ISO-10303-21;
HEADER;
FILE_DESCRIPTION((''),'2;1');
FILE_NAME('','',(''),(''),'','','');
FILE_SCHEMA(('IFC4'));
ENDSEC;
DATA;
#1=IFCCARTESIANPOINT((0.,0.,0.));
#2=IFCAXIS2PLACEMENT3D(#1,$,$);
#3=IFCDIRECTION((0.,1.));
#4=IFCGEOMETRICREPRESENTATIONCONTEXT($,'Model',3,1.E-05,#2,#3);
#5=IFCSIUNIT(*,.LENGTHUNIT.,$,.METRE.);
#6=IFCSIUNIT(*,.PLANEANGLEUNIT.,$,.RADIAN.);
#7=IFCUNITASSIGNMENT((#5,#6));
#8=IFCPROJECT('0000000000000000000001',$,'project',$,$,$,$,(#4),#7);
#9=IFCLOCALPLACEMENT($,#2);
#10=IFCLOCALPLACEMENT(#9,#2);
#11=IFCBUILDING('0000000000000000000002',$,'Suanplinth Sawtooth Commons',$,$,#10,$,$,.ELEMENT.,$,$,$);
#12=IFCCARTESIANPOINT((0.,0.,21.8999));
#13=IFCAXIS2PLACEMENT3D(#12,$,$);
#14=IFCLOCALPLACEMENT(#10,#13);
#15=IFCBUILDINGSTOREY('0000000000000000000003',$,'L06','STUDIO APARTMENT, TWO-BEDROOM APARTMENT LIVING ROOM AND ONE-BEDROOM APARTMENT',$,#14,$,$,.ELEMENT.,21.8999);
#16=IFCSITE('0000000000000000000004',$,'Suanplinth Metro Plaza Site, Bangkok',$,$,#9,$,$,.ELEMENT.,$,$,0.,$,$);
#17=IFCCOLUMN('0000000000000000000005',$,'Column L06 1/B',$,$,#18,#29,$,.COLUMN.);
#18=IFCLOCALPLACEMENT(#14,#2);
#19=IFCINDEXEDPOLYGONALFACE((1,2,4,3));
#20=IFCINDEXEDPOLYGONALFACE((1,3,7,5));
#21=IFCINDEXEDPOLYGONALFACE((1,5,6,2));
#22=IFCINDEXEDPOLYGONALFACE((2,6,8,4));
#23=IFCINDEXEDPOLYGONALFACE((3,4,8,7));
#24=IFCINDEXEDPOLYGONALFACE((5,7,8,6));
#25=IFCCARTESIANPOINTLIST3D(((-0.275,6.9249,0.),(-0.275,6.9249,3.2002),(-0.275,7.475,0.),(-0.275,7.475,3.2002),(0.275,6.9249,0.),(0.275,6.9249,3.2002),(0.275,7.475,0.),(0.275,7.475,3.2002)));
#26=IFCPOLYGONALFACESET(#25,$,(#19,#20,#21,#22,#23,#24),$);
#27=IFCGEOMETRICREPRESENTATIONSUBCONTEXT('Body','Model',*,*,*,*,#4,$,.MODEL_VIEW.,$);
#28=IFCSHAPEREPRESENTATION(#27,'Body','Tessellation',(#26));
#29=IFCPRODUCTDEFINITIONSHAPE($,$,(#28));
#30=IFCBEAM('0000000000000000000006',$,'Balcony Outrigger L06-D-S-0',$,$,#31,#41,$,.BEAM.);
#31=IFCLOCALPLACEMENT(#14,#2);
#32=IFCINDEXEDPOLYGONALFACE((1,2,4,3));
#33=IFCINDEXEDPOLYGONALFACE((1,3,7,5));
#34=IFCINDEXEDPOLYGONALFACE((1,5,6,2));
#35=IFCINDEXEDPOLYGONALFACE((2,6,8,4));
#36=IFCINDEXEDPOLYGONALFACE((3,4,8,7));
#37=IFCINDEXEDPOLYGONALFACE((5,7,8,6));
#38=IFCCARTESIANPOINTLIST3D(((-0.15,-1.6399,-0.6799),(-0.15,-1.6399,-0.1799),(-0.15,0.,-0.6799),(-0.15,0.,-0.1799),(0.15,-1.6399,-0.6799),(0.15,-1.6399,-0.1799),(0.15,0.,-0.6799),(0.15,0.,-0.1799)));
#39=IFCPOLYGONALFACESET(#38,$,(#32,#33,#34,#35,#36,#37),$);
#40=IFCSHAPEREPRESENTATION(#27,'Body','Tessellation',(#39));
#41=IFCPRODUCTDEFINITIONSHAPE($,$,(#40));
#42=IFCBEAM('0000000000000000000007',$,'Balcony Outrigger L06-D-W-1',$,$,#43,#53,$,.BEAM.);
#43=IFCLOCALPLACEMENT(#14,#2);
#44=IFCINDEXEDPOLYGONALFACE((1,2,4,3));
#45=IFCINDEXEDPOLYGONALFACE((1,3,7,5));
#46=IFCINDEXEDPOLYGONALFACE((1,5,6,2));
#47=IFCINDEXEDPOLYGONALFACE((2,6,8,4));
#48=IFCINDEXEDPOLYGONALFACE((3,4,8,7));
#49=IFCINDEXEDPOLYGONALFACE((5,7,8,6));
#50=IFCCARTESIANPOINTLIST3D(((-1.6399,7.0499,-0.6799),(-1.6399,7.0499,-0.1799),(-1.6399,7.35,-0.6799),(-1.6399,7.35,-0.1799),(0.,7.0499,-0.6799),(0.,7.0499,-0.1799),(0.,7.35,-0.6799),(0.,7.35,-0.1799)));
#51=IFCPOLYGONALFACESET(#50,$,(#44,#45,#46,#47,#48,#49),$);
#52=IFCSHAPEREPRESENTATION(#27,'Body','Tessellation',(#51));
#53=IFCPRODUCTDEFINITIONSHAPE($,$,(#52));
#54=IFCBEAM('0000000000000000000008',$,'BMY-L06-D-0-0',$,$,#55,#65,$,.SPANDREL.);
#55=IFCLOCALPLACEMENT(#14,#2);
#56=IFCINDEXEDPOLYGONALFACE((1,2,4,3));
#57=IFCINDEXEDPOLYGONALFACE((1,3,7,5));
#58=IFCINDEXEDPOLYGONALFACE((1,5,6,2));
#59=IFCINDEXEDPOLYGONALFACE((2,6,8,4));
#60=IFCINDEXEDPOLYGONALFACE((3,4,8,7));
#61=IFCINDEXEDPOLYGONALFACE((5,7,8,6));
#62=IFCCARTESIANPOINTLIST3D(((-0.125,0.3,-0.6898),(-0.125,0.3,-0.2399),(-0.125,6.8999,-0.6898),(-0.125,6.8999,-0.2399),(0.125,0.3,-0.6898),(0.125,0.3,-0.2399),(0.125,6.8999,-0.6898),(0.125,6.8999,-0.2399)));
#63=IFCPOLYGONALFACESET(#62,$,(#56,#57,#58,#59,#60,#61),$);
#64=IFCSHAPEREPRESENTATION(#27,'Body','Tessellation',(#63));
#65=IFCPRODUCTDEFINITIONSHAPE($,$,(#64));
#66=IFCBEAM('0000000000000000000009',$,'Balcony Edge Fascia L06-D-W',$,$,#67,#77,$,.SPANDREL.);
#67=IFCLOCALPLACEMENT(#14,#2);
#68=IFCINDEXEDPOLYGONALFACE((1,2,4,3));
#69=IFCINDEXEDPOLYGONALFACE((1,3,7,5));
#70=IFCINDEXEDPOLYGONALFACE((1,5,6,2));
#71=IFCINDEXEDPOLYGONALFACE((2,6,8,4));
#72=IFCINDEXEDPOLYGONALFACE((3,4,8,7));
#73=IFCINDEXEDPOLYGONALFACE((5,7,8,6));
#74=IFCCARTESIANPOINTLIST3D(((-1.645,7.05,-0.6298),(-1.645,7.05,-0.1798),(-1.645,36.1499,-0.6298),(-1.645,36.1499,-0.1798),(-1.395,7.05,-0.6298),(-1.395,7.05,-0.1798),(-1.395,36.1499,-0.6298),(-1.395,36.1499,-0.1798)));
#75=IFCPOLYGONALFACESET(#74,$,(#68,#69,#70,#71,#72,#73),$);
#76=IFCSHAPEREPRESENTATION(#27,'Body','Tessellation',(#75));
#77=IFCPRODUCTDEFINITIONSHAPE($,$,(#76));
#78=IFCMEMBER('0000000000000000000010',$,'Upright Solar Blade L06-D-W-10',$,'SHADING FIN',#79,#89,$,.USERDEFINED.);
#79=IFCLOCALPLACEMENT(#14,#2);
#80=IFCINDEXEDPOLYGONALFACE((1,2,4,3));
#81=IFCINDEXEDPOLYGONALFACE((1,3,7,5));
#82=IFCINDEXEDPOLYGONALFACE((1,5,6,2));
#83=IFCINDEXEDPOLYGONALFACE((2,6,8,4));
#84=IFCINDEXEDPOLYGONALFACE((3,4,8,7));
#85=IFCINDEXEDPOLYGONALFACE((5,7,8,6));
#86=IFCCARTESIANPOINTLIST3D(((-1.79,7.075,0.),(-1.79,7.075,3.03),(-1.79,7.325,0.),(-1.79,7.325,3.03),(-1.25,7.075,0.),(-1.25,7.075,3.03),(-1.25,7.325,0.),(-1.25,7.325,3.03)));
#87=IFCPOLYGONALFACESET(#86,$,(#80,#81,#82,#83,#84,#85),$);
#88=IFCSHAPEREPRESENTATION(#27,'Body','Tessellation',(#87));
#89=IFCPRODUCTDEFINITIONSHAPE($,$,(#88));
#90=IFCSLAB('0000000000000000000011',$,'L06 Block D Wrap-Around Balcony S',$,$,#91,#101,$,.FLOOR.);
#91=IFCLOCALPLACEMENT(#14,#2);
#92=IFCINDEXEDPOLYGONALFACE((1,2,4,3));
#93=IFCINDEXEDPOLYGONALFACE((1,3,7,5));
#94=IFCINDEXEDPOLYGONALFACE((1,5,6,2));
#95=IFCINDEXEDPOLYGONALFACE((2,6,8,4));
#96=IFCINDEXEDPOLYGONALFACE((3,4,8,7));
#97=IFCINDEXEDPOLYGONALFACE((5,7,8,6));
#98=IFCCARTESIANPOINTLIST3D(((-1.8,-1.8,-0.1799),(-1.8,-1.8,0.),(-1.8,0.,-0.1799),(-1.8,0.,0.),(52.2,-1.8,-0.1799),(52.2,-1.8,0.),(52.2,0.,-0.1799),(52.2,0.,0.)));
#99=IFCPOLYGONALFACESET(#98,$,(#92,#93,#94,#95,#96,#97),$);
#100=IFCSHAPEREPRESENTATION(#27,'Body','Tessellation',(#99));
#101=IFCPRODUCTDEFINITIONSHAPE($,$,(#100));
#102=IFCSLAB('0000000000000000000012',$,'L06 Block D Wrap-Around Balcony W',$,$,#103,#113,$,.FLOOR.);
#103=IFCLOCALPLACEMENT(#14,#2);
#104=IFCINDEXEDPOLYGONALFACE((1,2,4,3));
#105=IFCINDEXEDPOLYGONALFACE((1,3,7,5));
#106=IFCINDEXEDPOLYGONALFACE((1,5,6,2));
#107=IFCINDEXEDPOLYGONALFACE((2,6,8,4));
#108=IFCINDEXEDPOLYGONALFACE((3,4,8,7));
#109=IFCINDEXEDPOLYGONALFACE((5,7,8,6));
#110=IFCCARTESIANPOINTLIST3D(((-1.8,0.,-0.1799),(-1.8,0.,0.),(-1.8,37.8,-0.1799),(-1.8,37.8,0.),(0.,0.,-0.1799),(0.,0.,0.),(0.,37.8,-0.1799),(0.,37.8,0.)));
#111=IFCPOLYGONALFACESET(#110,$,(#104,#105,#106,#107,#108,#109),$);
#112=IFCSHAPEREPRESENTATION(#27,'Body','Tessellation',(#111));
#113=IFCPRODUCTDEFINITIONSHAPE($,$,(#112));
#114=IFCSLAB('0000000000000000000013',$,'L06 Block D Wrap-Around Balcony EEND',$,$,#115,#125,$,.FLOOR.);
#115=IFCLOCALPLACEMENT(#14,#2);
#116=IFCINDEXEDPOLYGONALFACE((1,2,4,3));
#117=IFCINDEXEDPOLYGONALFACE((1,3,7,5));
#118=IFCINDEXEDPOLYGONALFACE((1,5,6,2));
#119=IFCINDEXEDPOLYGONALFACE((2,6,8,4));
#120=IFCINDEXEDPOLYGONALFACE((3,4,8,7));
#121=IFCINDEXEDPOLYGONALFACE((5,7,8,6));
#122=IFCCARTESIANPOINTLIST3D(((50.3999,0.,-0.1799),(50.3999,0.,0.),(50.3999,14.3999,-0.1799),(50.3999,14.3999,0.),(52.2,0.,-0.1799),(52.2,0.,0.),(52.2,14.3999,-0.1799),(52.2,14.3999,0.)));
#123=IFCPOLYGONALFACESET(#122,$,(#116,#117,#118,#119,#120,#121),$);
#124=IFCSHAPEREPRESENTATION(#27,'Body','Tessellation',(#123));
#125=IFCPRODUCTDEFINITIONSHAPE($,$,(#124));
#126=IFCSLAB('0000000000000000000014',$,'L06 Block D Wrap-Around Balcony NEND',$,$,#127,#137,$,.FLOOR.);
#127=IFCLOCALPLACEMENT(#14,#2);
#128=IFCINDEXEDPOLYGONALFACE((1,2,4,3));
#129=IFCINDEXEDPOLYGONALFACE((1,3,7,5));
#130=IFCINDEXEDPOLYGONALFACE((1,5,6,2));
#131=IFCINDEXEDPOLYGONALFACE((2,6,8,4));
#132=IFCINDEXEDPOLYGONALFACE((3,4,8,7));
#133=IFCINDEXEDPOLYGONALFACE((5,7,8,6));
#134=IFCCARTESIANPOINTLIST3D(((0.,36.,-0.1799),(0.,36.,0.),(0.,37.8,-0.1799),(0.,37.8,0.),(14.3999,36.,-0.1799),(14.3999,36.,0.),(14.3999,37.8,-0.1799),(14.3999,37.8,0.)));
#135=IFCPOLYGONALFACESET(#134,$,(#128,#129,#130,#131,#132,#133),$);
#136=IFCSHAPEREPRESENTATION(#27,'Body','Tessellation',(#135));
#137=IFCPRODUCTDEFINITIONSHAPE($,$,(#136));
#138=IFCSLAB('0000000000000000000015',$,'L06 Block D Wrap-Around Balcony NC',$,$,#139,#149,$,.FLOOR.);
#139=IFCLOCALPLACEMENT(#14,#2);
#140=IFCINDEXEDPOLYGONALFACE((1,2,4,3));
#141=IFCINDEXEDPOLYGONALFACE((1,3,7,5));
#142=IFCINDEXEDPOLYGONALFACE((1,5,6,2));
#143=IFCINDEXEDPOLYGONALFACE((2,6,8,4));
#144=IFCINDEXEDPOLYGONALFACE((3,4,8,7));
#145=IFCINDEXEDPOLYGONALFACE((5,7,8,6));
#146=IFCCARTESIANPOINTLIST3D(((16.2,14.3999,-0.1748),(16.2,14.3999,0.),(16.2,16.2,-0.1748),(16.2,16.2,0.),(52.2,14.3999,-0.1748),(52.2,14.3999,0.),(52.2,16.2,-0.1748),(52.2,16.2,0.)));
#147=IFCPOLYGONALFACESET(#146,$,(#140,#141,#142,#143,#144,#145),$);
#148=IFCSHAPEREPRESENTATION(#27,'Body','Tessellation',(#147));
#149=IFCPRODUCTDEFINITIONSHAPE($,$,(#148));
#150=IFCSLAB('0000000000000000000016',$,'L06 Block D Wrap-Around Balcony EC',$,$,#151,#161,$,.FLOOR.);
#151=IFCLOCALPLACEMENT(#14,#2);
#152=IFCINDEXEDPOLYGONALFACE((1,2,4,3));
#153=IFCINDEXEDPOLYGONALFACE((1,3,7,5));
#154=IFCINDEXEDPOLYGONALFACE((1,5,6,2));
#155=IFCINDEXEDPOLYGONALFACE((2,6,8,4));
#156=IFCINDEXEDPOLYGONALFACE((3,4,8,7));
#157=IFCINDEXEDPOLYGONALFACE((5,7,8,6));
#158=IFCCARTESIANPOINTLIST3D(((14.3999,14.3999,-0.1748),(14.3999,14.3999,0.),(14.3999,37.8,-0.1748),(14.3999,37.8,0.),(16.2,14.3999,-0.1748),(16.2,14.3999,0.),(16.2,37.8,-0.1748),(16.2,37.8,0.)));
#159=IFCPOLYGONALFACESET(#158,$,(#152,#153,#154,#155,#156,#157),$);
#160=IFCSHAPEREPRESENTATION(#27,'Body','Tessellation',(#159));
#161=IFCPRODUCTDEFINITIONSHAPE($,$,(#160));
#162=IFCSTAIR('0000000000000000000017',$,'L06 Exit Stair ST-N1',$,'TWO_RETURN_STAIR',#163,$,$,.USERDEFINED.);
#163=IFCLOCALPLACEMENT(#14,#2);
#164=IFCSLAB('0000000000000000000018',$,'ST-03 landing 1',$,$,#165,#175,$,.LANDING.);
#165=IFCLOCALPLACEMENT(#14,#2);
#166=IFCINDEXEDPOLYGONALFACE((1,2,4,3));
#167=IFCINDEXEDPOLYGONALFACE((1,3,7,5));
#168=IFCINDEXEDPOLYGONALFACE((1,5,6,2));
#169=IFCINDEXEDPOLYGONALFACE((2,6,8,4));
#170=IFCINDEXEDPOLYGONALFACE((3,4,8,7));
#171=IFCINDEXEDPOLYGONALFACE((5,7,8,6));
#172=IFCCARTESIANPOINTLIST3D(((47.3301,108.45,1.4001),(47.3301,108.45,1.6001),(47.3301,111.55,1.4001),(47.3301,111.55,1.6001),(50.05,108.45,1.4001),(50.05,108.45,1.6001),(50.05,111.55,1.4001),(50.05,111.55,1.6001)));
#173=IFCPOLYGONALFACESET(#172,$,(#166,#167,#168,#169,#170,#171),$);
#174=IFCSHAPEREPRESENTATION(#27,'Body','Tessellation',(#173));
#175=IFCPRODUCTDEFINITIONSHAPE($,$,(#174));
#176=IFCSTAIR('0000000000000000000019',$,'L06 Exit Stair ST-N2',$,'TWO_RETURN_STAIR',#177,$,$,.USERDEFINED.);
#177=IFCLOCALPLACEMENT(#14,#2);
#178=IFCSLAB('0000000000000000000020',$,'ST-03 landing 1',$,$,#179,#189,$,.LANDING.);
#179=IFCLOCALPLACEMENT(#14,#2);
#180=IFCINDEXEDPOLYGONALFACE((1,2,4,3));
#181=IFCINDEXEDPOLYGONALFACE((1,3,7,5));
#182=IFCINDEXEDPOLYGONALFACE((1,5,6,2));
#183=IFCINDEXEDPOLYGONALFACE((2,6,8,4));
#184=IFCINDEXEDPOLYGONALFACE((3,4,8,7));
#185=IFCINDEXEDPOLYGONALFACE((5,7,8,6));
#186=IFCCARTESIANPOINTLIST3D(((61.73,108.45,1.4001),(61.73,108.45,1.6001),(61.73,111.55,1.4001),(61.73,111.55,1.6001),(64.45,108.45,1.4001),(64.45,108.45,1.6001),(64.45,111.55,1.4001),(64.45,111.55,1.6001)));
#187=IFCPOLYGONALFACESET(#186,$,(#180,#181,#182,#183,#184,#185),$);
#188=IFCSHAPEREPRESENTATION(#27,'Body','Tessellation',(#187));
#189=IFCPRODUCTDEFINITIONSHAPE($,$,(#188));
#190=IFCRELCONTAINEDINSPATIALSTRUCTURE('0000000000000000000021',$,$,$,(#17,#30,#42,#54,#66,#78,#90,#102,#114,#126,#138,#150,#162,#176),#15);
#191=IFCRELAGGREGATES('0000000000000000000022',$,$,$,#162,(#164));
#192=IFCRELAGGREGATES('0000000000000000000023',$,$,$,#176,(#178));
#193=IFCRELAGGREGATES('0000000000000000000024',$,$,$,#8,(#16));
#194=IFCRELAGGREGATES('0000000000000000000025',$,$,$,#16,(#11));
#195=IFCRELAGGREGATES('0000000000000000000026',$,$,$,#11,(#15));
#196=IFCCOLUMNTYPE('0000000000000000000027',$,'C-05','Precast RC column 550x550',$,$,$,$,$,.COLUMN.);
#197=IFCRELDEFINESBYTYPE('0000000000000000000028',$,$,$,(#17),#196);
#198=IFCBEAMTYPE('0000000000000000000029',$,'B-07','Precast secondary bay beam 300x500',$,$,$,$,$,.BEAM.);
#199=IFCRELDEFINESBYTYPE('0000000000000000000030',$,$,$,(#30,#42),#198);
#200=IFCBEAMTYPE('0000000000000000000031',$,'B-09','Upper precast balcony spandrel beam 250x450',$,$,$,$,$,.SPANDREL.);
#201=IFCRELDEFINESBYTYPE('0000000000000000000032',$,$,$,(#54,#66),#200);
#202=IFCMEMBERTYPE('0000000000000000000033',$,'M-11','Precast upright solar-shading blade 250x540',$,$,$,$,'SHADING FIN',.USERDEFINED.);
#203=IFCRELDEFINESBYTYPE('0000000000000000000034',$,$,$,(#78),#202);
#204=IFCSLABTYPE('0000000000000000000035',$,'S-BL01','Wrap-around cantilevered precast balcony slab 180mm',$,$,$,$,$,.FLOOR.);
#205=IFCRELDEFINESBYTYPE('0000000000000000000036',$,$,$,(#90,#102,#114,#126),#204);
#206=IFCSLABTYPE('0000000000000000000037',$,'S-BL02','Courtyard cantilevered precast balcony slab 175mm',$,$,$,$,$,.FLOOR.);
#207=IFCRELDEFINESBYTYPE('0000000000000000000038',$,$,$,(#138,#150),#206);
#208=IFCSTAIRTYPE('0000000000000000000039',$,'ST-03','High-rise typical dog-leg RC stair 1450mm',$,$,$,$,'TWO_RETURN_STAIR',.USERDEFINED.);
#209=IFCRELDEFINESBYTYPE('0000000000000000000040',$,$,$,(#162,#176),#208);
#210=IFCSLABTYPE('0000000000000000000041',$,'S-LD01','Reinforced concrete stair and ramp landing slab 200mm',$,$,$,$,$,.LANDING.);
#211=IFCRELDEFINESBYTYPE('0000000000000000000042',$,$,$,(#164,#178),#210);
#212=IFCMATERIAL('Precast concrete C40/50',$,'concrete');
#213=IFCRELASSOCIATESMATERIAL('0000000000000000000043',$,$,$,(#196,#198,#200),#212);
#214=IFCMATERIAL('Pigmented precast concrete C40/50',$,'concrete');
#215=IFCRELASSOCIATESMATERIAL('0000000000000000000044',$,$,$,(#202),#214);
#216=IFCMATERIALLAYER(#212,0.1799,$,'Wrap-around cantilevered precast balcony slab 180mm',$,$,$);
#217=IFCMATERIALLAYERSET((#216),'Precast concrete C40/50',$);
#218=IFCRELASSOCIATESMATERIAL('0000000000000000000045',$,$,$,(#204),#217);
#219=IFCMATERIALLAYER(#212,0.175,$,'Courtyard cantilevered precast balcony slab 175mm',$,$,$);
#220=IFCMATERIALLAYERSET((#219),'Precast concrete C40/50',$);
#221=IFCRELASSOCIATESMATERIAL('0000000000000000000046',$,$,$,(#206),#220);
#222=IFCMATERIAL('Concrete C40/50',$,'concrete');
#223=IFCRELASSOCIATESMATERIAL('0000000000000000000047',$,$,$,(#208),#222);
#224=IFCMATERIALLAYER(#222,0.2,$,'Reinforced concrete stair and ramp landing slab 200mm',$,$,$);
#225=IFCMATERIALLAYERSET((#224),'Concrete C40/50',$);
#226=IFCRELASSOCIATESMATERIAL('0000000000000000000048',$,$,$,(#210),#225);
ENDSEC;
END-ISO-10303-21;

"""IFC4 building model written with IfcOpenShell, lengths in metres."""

from ifc_helpers import new_model, si_unit, direction, frame, origin, origin_2d, place, context, subcontext, project, spatial, polyline, rectangle, outline, extrude, material, layer, layer_set, material_profile, profile_set, type_object, element, aggregate, save


model = new_model("IFC4")

# Units and contexts
model_context = context("Model", 3, precision=1e-05, world=origin(), true_north=direction((0.0, 1.0)))
body_context = subcontext(model_context, "Body", "Model", "MODEL_VIEW")
ifc_project = project(units=[si_unit("LENGTHUNIT", "METRE"), si_unit("PLANEANGLEUNIT", "RADIAN")], contexts=[model_context])

# Site, building, storey
site_placement = place(None, origin())
site = spatial("IfcSite", under=ifc_project, at=site_placement, Name="Suanplinth Metro Plaza Site, Bangkok", CompositionType="ELEMENT", RefElevation=0.0)
building_placement = place(site_placement, origin())
building = spatial("IfcBuilding", under=site, at=building_placement, Name="Suanplinth Sawtooth Commons", CompositionType="ELEMENT")
storey_placement = place(building_placement, frame((0.0, 0.0, 21.8999)))
storey = spatial("IfcBuildingStorey", under=building, at=storey_placement, Name="L06", Description="STUDIO APARTMENT, TWO-BEDROOM APARTMENT LIVING ROOM AND ONE-BEDROOM APARTMENT", CompositionType="ELEMENT", Elevation=21.8999)

# Column
ifc_material_1 = material(Name="Precast concrete C40/50", Category="concrete")
ifc_material_profile_1 = material_profile(ifc_material_1, rectangle(XDim=0.55, YDim=0.55, at=origin_2d()), Name="PC-COL 550x550")
ifc_profile_set_1 = profile_set([ifc_material_profile_1], Name="Precast concrete C40/50")
column_type = type_object("IfcColumnType", Name="C-05", Description="Precast RC column 550x550", PredefinedType="COLUMN", material=ifc_profile_set_1)
column_placement = place(storey_placement, frame((0.0, 7.2, 0.0), z_axis=(0.0, 0.0, 1.0), x_axis=(1.0, 0.0, 0.0)))
element("IfcColumn", 1, at=column_placement, inside=storey, type_object=column_type, Name="Column L06 1/B", PredefinedType="COLUMN", context=body_context, shape_type="SweptSolid", body=[
    extrude(rectangle(XDim=0.55, YDim=0.55, at=origin_2d()), origin(), (0.0, 0.0, 1.0), 3.2002),
])

# Beams
ifc_material_profile_2 = material_profile(ifc_material_1, rectangle(XDim=0.3, YDim=0.5, at=origin_2d()), Name="PC-BM 300x500")
ifc_profile_set_2 = profile_set([ifc_material_profile_2], Name="Precast concrete C40/50")
beam_type_1 = type_object("IfcBeamType", Name="B-07", Description="Precast secondary bay beam 300x500", PredefinedType="BEAM", material=ifc_profile_set_2)
for number, where, z_axis, x_axis, name in (
    (2, (0.0, 0.0, -0.4299), (0.0, -1.0, 0.0), (1.0, 0.0, 0.0), "Balcony Outrigger L06-D-S-0"),
    (3, (0.0, 7.2, -0.4299), (-1.0, 0.0, 0.0), (0.0, -1.0, 0.0), "Balcony Outrigger L06-D-W-1"),
):
    element("IfcBeam", number, at=place(storey_placement, frame(where, z_axis=z_axis, x_axis=x_axis)), inside=storey, type_object=beam_type_1, Name=name, PredefinedType="BEAM", context=body_context, shape_type="SweptSolid", body=[
        extrude(rectangle(XDim=0.3, YDim=0.5, at=origin_2d()), origin(), (0.0, 0.0, 1.0), 1.6399),
    ])
ifc_material_profile_3 = material_profile(ifc_material_1, rectangle(XDim=0.25, YDim=0.45, at=origin_2d()), Name="PC-SP 250x450")
ifc_profile_set_3 = profile_set([ifc_material_profile_3], Name="Precast concrete C40/50")
beam_type_2 = type_object("IfcBeamType", Name="B-09", Description="Upper precast balcony spandrel beam 250x450", PredefinedType="SPANDREL", material=ifc_profile_set_3)
beam_1_placement = place(storey_placement, frame((0.0, 0.3, -0.4648), z_axis=(0.0, 1.0, 0.0), x_axis=(-1.0, 0.0, 0.0)))
element("IfcBeam", 4, at=beam_1_placement, inside=storey, type_object=beam_type_2, Name="BMY-L06-D-0-0", PredefinedType="SPANDREL", context=body_context, shape_type="SweptSolid", body=[
    extrude(rectangle(XDim=0.25, YDim=0.45, at=origin_2d()), origin(), (0.0, 0.0, 1.0), 6.5999),
])
beam_2_placement = place(storey_placement, frame((-1.52, 7.05, -0.4048), z_axis=(0.0, 1.0, 0.0), x_axis=(-1.0, 0.0, 0.0)))
element("IfcBeam", 5, at=beam_2_placement, inside=storey, type_object=beam_type_2, Name="Balcony Edge Fascia L06-D-W", PredefinedType="SPANDREL", context=body_context, shape_type="SweptSolid", body=[
    extrude(rectangle(XDim=0.25, YDim=0.45, at=origin_2d()), origin(), (0.0, 0.0, 1.0), 29.0999),
])

# Member
ifc_material_2 = material(Name="Pigmented precast concrete C40/50", Category="concrete")
ifc_material_profile_4 = material_profile(ifc_material_2, rectangle(XDim=0.25, YDim=0.54, at=origin_2d()), Name="PC-FIN 250x540")
ifc_profile_set_4 = profile_set([ifc_material_profile_4], Name="Pigmented precast concrete C40/50")
member_type = type_object("IfcMemberType", Name="M-11", Description="Precast upright solar-shading blade 250x540", ElementType="SHADING FIN", PredefinedType="USERDEFINED", material=ifc_profile_set_4)
member_placement = place(storey_placement, frame((-1.52, 7.2, 0.0), z_axis=(0.0, 0.0, 1.0), x_axis=(0.0, 1.0, 0.0)))
element("IfcMember", 6, at=member_placement, inside=storey, type_object=member_type, Name="Upright Solar Blade L06-D-W-10", ObjectType="SHADING FIN", PredefinedType="USERDEFINED", context=body_context, shape_type="SweptSolid", body=[
    extrude(rectangle(XDim=0.25, YDim=0.54, at=origin_2d()), origin(), (0.0, 0.0, 1.0), 3.03),
])

# Slabs
ifc_layer_1 = layer(ifc_material_1, 0.1799, Name="Wrap-around cantilevered precast balcony slab 180mm")
ifc_layer_set_1 = layer_set([ifc_layer_1], Name="Precast concrete C40/50")
slab_type_1 = type_object("IfcSlabType", Name="S-BL01", Description="Wrap-around cantilevered precast balcony slab 180mm", PredefinedType="FLOOR", material=ifc_layer_set_1)
slab_1_placement = place(storey_placement, frame((0.0, 0.0, -0.1799)))
element("IfcSlab", 7, at=slab_1_placement, inside=storey, type_object=slab_type_1, Name="L06 Block D Wrap-Around Balcony S", PredefinedType="FLOOR", context=body_context, shape_type="SweptSolid", body=[
    extrude(outline(polyline([(52.2, 0.0), (52.2, -1.8), (-1.8, -1.8), (-1.8, 0.0), (52.2, 0.0)])), origin(), (0.0, 0.0, 1.0), 0.1799),
])
slab_2_placement = place(storey_placement, frame((0.0, 0.0, -0.1799)))
element("IfcSlab", 8, at=slab_2_placement, inside=storey, type_object=slab_type_1, Name="L06 Block D Wrap-Around Balcony W", PredefinedType="FLOOR", context=body_context, shape_type="SweptSolid", body=[
    extrude(outline(polyline([(0.0, 0.0), (-1.8, 0.0), (-1.8, 37.8), (0.0, 37.8), (0.0, 0.0)])), origin(), (0.0, 0.0, 1.0), 0.1799),
])
slab_3_placement = place(storey_placement, frame((0.0, 0.0, -0.1799)))
element("IfcSlab", 9, at=slab_3_placement, inside=storey, type_object=slab_type_1, Name="L06 Block D Wrap-Around Balcony EEND", PredefinedType="FLOOR", context=body_context, shape_type="SweptSolid", body=[
    extrude(outline(polyline([(52.2, 14.3999), (52.2, 0.0), (50.3999, 0.0), (50.3999, 14.3999), (52.2, 14.3999)])), origin(), (0.0, 0.0, 1.0), 0.1799),
])
slab_4_placement = place(storey_placement, frame((0.0, 0.0, -0.1799)))
element("IfcSlab", 10, at=slab_4_placement, inside=storey, type_object=slab_type_1, Name="L06 Block D Wrap-Around Balcony NEND", PredefinedType="FLOOR", context=body_context, shape_type="SweptSolid", body=[
    extrude(outline(polyline([(0.0, 37.8), (14.3999, 37.8), (14.3999, 36.0), (0.0, 36.0), (0.0, 37.8)])), origin(), (0.0, 0.0, 1.0), 0.1799),
])
ifc_layer_2 = layer(ifc_material_1, 0.175, Name="Courtyard cantilevered precast balcony slab 175mm")
ifc_layer_set_2 = layer_set([ifc_layer_2], Name="Precast concrete C40/50")
slab_type_2 = type_object("IfcSlabType", Name="S-BL02", Description="Courtyard cantilevered precast balcony slab 175mm", PredefinedType="FLOOR", material=ifc_layer_set_2)
slab_5_placement = place(storey_placement, frame((0.0, 0.0, -0.1748)))
element("IfcSlab", 11, at=slab_5_placement, inside=storey, type_object=slab_type_2, Name="L06 Block D Wrap-Around Balcony NC", PredefinedType="FLOOR", context=body_context, shape_type="SweptSolid", body=[
    extrude(outline(polyline([(16.2, 16.2), (52.2, 16.2), (52.2, 14.3999), (16.2, 14.3999), (16.2, 16.2)])), origin(), (0.0, 0.0, 1.0), 0.1748),
])
slab_6_placement = place(storey_placement, frame((0.0, 0.0, -0.1748)))
element("IfcSlab", 12, at=slab_6_placement, inside=storey, type_object=slab_type_2, Name="L06 Block D Wrap-Around Balcony EC", PredefinedType="FLOOR", context=body_context, shape_type="SweptSolid", body=[
    extrude(outline(polyline([(14.3999, 37.8), (16.2, 37.8), (16.2, 14.3999), (14.3999, 14.3999), (14.3999, 37.8)])), origin(), (0.0, 0.0, 1.0), 0.1748),
])

# Stairs, slabs
ifc_material_3 = material(Name="Concrete C40/50", Category="concrete")
stair_type_1 = type_object("IfcStairType", Name="ST-03", Description="High-rise typical dog-leg RC stair 1450mm", ElementType="TWO_RETURN_STAIR", PredefinedType="USERDEFINED", material=ifc_material_3)
stair_1_placement = place(storey_placement, origin())
stair_1 = element("IfcStair", 13, at=stair_1_placement, inside=storey, type_object=stair_type_1, Name="L06 Exit Stair ST-N1", ObjectType="TWO_RETURN_STAIR", PredefinedType="USERDEFINED")
ifc_layer_3 = layer(ifc_material_3, 0.2, Name="Reinforced concrete stair and ramp landing slab 200mm")
ifc_layer_set_3 = layer_set([ifc_layer_3], Name="Concrete C40/50")
slab_type_3 = type_object("IfcSlabType", Name="S-LD01", Description="Reinforced concrete stair and ramp landing slab 200mm", PredefinedType="LANDING", material=ifc_layer_set_3)
slab_7_placement = place(storey_placement, frame((0.0, 0.0, 1.4001)))
slab_7 = element("IfcSlab", 14, at=slab_7_placement, type_object=slab_type_3, Name="ST-03 landing 1", PredefinedType="LANDING", context=body_context, shape_type="SweptSolid", body=[
    extrude(outline(polyline([(47.3301, 108.45), (50.05, 108.45), (50.05, 111.55), (47.3301, 111.55), (47.3301, 108.45)])), origin(), (0.0, 0.0, 1.0), 0.2),
])
aggregate(stair_1, [slab_7])
stair_2_placement = place(storey_placement, origin())
stair_2 = element("IfcStair", 15, at=stair_2_placement, inside=storey, type_object=stair_type_1, Name="L06 Exit Stair ST-N2", ObjectType="TWO_RETURN_STAIR", PredefinedType="USERDEFINED")
slab_8_placement = place(storey_placement, frame((0.0, 0.0, 1.4001)))
slab_8 = element("IfcSlab", 16, at=slab_8_placement, type_object=slab_type_3, Name="ST-03 landing 1", PredefinedType="LANDING", context=body_context, shape_type="SweptSolid", body=[
    extrude(outline(polyline([(61.73, 108.45), (64.45, 108.45), (64.45, 111.55), (61.73, 111.55), (61.73, 108.45)])), origin(), (0.0, 0.0, 1.0), 0.2),
])
aggregate(stair_2, [slab_8])

save(model, "model.ifc")
